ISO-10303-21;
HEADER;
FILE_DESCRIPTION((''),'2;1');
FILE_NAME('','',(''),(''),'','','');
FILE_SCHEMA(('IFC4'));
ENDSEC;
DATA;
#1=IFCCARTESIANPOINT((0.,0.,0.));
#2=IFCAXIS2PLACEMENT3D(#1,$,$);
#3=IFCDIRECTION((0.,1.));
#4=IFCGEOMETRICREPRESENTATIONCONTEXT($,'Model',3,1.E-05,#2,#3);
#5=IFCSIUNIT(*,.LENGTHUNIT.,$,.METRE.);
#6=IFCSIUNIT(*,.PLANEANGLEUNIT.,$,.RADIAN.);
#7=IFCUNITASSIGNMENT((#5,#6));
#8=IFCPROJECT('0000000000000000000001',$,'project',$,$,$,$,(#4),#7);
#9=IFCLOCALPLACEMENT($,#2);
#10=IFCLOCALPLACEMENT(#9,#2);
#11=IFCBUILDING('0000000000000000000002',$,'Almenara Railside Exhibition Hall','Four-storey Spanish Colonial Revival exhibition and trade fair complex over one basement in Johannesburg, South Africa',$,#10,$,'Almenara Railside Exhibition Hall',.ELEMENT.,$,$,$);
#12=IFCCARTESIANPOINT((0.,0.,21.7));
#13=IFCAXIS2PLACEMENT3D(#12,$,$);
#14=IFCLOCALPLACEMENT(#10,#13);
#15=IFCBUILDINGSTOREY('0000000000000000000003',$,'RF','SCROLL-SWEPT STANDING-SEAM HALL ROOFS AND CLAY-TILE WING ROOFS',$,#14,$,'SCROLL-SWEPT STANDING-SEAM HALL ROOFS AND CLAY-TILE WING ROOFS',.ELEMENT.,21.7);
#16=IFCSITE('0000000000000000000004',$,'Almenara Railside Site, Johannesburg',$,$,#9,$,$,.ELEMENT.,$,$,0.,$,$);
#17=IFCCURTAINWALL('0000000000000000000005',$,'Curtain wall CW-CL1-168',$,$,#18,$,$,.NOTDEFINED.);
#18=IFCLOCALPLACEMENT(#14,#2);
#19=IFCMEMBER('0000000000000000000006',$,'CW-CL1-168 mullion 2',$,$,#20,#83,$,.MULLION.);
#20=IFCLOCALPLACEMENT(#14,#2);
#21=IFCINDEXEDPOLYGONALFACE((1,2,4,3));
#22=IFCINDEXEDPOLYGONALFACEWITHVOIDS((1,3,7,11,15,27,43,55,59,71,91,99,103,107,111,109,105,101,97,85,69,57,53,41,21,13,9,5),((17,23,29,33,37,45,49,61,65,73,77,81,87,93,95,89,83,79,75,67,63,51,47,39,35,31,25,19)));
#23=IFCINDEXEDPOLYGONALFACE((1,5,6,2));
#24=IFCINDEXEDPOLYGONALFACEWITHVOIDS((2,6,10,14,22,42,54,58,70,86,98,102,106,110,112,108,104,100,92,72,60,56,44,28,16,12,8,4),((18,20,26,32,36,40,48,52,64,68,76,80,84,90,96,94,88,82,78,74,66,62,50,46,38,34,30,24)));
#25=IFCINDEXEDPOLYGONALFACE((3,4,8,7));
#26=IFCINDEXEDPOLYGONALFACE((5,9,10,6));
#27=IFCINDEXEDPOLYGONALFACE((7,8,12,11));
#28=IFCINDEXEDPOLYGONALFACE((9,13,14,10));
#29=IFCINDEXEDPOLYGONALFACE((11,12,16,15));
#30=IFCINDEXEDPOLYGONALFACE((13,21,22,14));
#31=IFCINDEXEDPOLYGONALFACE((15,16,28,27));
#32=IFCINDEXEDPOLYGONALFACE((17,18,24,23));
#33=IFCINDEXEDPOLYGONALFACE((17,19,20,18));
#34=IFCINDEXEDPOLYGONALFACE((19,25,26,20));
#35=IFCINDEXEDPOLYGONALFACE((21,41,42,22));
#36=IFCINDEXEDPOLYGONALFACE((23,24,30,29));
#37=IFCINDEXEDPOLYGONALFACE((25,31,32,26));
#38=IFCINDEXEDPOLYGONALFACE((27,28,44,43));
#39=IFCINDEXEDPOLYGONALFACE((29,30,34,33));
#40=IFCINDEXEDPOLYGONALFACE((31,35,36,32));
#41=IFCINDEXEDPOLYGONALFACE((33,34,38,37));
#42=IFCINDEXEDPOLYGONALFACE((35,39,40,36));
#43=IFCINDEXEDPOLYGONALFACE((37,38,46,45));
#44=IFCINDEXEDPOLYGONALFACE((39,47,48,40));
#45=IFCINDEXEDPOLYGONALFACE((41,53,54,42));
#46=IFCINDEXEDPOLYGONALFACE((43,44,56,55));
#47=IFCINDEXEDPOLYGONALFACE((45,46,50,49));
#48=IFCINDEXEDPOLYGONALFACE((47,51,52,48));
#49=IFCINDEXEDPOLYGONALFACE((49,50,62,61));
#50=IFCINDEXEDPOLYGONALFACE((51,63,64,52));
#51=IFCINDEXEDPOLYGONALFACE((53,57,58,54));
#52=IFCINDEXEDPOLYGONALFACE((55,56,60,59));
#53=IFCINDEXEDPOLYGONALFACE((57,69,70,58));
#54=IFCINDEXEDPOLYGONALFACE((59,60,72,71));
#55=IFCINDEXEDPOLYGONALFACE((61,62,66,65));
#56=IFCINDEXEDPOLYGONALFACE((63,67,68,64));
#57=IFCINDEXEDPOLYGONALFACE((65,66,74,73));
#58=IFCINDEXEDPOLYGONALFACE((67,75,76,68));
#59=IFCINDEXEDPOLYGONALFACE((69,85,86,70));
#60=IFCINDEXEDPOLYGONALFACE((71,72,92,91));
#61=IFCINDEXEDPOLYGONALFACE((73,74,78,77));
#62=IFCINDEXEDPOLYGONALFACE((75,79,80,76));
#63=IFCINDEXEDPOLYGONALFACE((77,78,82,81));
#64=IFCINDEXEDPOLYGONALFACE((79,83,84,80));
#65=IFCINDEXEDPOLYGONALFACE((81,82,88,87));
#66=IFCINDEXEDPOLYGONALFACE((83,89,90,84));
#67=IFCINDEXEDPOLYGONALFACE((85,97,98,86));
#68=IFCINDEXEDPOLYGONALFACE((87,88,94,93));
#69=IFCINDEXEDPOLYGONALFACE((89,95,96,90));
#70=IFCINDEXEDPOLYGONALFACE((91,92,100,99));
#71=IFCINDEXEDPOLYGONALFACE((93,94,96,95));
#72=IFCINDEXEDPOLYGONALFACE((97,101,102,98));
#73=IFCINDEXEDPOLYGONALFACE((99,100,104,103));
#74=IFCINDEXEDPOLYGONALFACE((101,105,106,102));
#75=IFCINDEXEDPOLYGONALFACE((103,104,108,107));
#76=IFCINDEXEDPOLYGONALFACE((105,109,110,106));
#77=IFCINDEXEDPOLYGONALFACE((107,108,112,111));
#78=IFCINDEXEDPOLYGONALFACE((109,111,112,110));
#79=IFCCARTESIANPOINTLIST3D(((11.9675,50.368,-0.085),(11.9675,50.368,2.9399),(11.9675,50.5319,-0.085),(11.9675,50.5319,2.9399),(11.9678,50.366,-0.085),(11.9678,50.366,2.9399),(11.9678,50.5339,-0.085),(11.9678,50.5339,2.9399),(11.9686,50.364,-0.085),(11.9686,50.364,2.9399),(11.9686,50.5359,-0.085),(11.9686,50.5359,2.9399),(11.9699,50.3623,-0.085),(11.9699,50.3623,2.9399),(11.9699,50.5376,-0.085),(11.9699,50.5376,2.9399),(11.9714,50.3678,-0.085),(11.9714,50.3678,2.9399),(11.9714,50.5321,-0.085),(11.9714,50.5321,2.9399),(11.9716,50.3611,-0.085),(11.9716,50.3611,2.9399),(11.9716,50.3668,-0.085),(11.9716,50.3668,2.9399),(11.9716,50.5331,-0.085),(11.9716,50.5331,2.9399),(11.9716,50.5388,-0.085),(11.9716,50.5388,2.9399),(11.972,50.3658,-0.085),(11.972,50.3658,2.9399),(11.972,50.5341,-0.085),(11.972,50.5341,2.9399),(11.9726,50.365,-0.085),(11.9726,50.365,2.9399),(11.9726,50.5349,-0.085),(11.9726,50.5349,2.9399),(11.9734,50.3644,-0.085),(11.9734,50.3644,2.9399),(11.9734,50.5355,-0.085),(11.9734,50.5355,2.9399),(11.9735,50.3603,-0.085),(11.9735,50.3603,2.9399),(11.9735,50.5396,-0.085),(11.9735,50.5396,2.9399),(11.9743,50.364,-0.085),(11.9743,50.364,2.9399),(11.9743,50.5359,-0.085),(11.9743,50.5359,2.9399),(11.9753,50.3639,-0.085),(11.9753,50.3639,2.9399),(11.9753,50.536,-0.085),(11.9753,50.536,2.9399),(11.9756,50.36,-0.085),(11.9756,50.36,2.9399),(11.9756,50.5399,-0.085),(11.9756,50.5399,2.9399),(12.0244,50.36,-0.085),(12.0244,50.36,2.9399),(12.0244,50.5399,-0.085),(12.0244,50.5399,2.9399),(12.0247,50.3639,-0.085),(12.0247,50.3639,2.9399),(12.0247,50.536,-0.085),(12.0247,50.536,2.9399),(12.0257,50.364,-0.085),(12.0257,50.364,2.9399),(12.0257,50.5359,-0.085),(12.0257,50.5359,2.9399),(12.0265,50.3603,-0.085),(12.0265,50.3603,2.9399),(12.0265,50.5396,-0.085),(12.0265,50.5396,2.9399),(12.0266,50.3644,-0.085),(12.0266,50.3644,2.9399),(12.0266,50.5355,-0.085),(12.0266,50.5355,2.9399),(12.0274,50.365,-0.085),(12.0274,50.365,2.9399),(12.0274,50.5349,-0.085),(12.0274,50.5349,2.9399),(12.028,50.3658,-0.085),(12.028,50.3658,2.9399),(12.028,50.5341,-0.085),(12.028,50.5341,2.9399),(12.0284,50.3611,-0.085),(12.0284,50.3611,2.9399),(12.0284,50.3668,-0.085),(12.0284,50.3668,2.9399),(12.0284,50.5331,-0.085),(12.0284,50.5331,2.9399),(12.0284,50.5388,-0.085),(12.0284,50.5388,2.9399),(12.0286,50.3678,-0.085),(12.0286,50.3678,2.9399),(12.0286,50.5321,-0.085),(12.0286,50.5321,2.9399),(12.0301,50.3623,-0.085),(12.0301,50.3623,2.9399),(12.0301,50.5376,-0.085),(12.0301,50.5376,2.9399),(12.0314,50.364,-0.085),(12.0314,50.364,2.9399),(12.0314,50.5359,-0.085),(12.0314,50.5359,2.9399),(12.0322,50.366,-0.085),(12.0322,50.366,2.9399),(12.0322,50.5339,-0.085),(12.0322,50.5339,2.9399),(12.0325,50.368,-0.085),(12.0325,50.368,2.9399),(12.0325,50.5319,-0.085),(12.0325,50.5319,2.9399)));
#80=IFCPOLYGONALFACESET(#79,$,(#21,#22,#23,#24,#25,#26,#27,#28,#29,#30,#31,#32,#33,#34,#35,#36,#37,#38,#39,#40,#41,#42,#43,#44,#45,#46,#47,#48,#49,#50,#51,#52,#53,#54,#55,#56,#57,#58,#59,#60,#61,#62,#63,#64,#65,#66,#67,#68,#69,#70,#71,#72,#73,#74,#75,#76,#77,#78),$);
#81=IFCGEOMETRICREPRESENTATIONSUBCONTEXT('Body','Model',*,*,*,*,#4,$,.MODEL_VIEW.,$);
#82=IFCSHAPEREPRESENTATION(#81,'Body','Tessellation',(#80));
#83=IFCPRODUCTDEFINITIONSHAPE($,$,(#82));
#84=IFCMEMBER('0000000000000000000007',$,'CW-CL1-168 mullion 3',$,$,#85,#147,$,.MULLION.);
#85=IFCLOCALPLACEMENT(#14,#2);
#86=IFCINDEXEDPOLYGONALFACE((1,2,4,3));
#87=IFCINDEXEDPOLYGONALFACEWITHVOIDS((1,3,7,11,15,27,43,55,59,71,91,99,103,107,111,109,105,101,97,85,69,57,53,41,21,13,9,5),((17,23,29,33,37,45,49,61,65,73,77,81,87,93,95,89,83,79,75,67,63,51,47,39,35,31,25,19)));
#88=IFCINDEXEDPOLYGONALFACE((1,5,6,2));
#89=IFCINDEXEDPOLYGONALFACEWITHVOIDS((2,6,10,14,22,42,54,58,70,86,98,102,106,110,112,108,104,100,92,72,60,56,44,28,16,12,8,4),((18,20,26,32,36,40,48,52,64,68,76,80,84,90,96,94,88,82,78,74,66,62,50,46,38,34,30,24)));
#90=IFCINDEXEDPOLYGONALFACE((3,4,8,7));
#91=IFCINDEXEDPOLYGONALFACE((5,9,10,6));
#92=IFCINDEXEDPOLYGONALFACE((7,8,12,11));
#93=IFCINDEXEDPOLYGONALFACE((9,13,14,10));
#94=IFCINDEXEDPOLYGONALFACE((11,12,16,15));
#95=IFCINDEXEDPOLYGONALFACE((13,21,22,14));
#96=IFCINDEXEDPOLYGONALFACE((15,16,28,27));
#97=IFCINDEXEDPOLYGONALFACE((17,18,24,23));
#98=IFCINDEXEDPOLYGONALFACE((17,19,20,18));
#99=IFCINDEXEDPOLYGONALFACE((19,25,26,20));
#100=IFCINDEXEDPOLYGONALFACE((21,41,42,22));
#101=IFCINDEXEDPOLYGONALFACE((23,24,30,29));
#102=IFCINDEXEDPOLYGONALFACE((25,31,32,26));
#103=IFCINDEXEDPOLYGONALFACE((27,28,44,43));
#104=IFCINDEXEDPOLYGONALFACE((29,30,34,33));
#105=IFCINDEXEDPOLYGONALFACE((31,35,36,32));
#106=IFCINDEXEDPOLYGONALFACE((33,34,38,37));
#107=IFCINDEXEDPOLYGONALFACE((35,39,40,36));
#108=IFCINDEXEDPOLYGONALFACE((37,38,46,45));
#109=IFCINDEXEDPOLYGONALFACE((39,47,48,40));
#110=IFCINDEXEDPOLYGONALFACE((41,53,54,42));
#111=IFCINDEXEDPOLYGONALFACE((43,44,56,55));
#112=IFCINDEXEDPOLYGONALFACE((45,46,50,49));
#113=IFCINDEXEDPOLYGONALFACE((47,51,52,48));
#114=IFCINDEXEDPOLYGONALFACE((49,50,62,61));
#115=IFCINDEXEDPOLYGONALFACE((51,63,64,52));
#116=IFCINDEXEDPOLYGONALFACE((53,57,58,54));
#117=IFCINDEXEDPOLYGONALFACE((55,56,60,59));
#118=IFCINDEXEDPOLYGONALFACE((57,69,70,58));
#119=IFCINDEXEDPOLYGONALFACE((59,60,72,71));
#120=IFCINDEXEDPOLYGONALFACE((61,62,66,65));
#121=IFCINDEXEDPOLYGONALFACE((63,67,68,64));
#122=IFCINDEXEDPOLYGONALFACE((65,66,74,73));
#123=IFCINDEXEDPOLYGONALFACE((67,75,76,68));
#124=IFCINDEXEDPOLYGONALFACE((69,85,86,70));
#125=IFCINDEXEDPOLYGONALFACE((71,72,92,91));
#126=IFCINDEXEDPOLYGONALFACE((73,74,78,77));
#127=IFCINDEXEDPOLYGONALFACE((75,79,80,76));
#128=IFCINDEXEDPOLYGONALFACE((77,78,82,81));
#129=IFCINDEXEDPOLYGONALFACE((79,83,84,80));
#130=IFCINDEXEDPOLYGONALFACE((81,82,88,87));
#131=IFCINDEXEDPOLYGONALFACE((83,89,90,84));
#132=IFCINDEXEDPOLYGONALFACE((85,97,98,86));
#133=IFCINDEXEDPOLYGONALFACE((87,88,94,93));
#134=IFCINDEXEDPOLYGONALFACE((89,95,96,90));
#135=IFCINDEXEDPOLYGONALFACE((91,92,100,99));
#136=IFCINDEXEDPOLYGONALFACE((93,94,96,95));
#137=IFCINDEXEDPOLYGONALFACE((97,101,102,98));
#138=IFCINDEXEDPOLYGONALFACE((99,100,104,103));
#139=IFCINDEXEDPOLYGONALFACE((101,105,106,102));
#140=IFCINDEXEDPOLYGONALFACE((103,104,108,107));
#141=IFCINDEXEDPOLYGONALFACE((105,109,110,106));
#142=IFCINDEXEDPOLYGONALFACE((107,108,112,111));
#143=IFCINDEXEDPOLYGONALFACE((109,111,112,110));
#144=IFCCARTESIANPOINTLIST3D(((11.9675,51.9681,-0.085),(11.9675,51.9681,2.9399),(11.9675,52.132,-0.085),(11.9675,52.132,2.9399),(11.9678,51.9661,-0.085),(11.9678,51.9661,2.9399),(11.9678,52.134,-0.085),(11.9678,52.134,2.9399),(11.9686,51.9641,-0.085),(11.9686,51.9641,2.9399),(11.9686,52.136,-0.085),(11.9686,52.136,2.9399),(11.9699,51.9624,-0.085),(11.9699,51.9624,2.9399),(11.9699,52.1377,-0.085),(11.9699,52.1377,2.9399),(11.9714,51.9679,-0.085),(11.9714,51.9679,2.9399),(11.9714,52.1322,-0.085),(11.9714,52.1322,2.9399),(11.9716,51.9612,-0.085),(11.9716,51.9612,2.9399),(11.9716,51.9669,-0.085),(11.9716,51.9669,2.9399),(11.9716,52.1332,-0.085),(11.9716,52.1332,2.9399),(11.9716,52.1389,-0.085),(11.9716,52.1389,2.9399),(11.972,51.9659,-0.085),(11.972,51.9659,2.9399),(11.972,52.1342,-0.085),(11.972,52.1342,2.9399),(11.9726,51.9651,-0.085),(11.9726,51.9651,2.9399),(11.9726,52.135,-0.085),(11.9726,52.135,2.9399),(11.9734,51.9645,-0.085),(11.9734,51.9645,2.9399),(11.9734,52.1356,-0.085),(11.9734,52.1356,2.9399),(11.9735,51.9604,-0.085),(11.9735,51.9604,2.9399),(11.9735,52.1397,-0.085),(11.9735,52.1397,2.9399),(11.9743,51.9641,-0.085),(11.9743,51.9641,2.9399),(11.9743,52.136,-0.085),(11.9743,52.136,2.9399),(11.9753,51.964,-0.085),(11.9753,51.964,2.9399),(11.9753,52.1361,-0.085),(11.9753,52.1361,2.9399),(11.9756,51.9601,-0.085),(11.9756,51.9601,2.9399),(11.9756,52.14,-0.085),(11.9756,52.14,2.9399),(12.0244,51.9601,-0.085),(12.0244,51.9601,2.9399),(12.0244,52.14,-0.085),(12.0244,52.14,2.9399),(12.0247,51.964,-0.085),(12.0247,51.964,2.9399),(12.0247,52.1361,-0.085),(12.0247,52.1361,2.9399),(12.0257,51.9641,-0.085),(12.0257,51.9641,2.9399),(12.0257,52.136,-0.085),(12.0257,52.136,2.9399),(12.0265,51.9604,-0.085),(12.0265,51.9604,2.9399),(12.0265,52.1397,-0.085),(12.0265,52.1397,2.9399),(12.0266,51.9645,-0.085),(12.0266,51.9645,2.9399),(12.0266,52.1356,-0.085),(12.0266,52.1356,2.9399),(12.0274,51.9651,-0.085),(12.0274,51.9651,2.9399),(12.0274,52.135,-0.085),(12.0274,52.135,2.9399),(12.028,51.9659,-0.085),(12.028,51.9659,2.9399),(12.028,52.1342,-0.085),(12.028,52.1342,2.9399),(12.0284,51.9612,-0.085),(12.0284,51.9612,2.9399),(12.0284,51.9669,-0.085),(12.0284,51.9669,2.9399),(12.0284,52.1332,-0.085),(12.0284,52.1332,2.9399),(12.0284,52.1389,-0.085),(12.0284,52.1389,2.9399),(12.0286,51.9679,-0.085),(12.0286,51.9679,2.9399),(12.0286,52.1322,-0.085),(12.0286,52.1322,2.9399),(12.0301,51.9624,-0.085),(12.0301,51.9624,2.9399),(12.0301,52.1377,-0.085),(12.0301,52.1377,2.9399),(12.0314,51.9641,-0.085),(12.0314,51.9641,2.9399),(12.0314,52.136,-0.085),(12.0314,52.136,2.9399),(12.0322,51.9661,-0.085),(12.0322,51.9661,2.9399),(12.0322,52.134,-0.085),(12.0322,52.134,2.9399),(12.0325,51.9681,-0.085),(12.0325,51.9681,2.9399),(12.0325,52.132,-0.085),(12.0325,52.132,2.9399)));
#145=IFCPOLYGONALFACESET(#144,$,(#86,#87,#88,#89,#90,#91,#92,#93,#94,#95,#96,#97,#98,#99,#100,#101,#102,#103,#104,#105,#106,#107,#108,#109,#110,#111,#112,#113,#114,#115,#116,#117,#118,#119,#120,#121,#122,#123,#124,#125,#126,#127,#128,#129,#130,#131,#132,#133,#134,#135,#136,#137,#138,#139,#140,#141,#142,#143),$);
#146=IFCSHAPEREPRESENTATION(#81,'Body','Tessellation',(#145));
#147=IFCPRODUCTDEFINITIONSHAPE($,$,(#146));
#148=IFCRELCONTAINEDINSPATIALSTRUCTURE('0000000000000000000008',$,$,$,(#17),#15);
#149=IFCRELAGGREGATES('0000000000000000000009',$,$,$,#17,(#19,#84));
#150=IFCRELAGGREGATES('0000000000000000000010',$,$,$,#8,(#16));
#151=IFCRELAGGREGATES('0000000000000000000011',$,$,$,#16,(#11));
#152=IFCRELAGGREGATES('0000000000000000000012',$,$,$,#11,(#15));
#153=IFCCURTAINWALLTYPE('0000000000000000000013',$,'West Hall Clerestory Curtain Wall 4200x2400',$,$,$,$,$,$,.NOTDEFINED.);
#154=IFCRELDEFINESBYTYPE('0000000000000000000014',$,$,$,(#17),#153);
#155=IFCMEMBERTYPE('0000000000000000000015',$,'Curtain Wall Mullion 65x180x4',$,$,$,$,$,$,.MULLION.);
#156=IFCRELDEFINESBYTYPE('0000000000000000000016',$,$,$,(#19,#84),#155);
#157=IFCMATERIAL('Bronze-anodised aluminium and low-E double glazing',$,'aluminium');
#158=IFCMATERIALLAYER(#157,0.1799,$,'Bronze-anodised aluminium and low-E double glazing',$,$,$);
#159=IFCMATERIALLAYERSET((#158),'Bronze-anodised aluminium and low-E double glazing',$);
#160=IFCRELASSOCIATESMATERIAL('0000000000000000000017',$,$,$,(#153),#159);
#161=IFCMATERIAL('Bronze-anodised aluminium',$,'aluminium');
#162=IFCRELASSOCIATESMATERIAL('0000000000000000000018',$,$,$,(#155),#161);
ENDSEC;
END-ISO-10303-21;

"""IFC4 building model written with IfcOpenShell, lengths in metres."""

from ifc_helpers import new_model, si_unit, direction, frame, origin, origin_2d, place, context, subcontext, project, spatial, hollow_rectangle, extrude, material, layer, layer_set, material_profile, profile_set, type_object, element, aggregate, save


model = new_model("IFC4")

# Units and contexts
model_context = context("Model", 3, precision=1e-05, world=origin(), true_north=direction((0.0, 1.0)))
body_context = subcontext(model_context, "Body", "Model", "MODEL_VIEW")
ifc_project = project(units=[si_unit("LENGTHUNIT", "METRE"), si_unit("PLANEANGLEUNIT", "RADIAN")], contexts=[model_context])

# Site, building, storey
site_placement = place(None, origin())
site = spatial("IfcSite", under=ifc_project, at=site_placement, Name="Almenara Railside Site, Johannesburg", CompositionType="ELEMENT", RefElevation=0.0)
building_placement = place(site_placement, origin())
building = spatial("IfcBuilding", under=site, at=building_placement, Name="Almenara Railside Exhibition Hall", Description="Four-storey Spanish Colonial Revival exhibition and trade fair complex over one basement in Johannesburg, South Africa", LongName="Almenara Railside Exhibition Hall", CompositionType="ELEMENT")
storey_placement = place(building_placement, frame((0.0, 0.0, 21.7)))
storey = spatial("IfcBuildingStorey", under=building, at=storey_placement, Name="RF", Description="SCROLL-SWEPT STANDING-SEAM HALL ROOFS AND CLAY-TILE WING ROOFS", LongName="SCROLL-SWEPT STANDING-SEAM HALL ROOFS AND CLAY-TILE WING ROOFS", CompositionType="ELEMENT", Elevation=21.7)

# Shared definitions
ifc_material_1 = material(Name="Bronze-anodised aluminium and low-E double glazing", Category="aluminium")
ifc_layer_1 = layer(ifc_material_1, 0.1799, Name="Bronze-anodised aluminium and low-E double glazing")
ifc_layer_set_1 = layer_set([ifc_layer_1], Name="Bronze-anodised aluminium and low-E double glazing")
curtain_wall_type_1 = type_object("IfcCurtainWallType", Name="West Hall Clerestory Curtain Wall 4200x2400", PredefinedType="NOTDEFINED", material=ifc_layer_set_1)
ifc_material_2 = material(Name="Bronze-anodised aluminium", Category="aluminium")

# Curtain wall, members
curtain_wall_1_placement = place(storey_placement, origin())
curtain_wall_1 = element("IfcCurtainWall", 1, at=curtain_wall_1_placement, inside=storey, type_object=curtain_wall_type_1, Name="Curtain wall CW-CL1-168", PredefinedType="NOTDEFINED")
ifc_material_profile_1 = material_profile(ifc_material_2, hollow_rectangle(XDim=0.0649, YDim=0.1799, WallThickness=0.0039, InnerFilletRadius=0.0039, OuterFilletRadius=0.0081, at=origin_2d()), Name="ALU-MUL 65x180x4")
ifc_profile_set_1 = profile_set([ifc_material_profile_1], Name="Bronze-anodised aluminium")
member_type_1 = type_object("IfcMemberType", Name="Curtain Wall Mullion 65x180x4", PredefinedType="MULLION", material=ifc_profile_set_1)
member_1_placement = place(storey_placement, frame((12.0, 50.45, -0.085), z_axis=(0.0, 0.0, 1.0), x_axis=(-1.0, 0.0, 0.0)))
member_1 = element("IfcMember", 2, at=member_1_placement, type_object=member_type_1, Name="CW-CL1-168 mullion 2", PredefinedType="MULLION", context=body_context, shape_type="SweptSolid", body=[
    extrude(hollow_rectangle(XDim=0.0649, YDim=0.1799, WallThickness=0.0039, InnerFilletRadius=0.0039, OuterFilletRadius=0.0081, at=origin_2d()), origin(), (0.0, 0.0, 1.0), 3.0249),
])
member_2_placement = place(storey_placement, frame((12.0, 52.05, -0.085), z_axis=(0.0, 0.0, 1.0), x_axis=(-1.0, 0.0, 0.0)))
member_2 = element("IfcMember", 3, at=member_2_placement, type_object=member_type_1, Name="CW-CL1-168 mullion 3", PredefinedType="MULLION", context=body_context, shape_type="SweptSolid", body=[
    extrude(hollow_rectangle(XDim=0.0649, YDim=0.1799, WallThickness=0.0039, InnerFilletRadius=0.0039, OuterFilletRadius=0.0081, at=origin_2d()), origin(), (0.0, 0.0, 1.0), 3.0249),
])

aggregate(curtain_wall_1, [member_1, member_2])

save(model, "model.ifc")
